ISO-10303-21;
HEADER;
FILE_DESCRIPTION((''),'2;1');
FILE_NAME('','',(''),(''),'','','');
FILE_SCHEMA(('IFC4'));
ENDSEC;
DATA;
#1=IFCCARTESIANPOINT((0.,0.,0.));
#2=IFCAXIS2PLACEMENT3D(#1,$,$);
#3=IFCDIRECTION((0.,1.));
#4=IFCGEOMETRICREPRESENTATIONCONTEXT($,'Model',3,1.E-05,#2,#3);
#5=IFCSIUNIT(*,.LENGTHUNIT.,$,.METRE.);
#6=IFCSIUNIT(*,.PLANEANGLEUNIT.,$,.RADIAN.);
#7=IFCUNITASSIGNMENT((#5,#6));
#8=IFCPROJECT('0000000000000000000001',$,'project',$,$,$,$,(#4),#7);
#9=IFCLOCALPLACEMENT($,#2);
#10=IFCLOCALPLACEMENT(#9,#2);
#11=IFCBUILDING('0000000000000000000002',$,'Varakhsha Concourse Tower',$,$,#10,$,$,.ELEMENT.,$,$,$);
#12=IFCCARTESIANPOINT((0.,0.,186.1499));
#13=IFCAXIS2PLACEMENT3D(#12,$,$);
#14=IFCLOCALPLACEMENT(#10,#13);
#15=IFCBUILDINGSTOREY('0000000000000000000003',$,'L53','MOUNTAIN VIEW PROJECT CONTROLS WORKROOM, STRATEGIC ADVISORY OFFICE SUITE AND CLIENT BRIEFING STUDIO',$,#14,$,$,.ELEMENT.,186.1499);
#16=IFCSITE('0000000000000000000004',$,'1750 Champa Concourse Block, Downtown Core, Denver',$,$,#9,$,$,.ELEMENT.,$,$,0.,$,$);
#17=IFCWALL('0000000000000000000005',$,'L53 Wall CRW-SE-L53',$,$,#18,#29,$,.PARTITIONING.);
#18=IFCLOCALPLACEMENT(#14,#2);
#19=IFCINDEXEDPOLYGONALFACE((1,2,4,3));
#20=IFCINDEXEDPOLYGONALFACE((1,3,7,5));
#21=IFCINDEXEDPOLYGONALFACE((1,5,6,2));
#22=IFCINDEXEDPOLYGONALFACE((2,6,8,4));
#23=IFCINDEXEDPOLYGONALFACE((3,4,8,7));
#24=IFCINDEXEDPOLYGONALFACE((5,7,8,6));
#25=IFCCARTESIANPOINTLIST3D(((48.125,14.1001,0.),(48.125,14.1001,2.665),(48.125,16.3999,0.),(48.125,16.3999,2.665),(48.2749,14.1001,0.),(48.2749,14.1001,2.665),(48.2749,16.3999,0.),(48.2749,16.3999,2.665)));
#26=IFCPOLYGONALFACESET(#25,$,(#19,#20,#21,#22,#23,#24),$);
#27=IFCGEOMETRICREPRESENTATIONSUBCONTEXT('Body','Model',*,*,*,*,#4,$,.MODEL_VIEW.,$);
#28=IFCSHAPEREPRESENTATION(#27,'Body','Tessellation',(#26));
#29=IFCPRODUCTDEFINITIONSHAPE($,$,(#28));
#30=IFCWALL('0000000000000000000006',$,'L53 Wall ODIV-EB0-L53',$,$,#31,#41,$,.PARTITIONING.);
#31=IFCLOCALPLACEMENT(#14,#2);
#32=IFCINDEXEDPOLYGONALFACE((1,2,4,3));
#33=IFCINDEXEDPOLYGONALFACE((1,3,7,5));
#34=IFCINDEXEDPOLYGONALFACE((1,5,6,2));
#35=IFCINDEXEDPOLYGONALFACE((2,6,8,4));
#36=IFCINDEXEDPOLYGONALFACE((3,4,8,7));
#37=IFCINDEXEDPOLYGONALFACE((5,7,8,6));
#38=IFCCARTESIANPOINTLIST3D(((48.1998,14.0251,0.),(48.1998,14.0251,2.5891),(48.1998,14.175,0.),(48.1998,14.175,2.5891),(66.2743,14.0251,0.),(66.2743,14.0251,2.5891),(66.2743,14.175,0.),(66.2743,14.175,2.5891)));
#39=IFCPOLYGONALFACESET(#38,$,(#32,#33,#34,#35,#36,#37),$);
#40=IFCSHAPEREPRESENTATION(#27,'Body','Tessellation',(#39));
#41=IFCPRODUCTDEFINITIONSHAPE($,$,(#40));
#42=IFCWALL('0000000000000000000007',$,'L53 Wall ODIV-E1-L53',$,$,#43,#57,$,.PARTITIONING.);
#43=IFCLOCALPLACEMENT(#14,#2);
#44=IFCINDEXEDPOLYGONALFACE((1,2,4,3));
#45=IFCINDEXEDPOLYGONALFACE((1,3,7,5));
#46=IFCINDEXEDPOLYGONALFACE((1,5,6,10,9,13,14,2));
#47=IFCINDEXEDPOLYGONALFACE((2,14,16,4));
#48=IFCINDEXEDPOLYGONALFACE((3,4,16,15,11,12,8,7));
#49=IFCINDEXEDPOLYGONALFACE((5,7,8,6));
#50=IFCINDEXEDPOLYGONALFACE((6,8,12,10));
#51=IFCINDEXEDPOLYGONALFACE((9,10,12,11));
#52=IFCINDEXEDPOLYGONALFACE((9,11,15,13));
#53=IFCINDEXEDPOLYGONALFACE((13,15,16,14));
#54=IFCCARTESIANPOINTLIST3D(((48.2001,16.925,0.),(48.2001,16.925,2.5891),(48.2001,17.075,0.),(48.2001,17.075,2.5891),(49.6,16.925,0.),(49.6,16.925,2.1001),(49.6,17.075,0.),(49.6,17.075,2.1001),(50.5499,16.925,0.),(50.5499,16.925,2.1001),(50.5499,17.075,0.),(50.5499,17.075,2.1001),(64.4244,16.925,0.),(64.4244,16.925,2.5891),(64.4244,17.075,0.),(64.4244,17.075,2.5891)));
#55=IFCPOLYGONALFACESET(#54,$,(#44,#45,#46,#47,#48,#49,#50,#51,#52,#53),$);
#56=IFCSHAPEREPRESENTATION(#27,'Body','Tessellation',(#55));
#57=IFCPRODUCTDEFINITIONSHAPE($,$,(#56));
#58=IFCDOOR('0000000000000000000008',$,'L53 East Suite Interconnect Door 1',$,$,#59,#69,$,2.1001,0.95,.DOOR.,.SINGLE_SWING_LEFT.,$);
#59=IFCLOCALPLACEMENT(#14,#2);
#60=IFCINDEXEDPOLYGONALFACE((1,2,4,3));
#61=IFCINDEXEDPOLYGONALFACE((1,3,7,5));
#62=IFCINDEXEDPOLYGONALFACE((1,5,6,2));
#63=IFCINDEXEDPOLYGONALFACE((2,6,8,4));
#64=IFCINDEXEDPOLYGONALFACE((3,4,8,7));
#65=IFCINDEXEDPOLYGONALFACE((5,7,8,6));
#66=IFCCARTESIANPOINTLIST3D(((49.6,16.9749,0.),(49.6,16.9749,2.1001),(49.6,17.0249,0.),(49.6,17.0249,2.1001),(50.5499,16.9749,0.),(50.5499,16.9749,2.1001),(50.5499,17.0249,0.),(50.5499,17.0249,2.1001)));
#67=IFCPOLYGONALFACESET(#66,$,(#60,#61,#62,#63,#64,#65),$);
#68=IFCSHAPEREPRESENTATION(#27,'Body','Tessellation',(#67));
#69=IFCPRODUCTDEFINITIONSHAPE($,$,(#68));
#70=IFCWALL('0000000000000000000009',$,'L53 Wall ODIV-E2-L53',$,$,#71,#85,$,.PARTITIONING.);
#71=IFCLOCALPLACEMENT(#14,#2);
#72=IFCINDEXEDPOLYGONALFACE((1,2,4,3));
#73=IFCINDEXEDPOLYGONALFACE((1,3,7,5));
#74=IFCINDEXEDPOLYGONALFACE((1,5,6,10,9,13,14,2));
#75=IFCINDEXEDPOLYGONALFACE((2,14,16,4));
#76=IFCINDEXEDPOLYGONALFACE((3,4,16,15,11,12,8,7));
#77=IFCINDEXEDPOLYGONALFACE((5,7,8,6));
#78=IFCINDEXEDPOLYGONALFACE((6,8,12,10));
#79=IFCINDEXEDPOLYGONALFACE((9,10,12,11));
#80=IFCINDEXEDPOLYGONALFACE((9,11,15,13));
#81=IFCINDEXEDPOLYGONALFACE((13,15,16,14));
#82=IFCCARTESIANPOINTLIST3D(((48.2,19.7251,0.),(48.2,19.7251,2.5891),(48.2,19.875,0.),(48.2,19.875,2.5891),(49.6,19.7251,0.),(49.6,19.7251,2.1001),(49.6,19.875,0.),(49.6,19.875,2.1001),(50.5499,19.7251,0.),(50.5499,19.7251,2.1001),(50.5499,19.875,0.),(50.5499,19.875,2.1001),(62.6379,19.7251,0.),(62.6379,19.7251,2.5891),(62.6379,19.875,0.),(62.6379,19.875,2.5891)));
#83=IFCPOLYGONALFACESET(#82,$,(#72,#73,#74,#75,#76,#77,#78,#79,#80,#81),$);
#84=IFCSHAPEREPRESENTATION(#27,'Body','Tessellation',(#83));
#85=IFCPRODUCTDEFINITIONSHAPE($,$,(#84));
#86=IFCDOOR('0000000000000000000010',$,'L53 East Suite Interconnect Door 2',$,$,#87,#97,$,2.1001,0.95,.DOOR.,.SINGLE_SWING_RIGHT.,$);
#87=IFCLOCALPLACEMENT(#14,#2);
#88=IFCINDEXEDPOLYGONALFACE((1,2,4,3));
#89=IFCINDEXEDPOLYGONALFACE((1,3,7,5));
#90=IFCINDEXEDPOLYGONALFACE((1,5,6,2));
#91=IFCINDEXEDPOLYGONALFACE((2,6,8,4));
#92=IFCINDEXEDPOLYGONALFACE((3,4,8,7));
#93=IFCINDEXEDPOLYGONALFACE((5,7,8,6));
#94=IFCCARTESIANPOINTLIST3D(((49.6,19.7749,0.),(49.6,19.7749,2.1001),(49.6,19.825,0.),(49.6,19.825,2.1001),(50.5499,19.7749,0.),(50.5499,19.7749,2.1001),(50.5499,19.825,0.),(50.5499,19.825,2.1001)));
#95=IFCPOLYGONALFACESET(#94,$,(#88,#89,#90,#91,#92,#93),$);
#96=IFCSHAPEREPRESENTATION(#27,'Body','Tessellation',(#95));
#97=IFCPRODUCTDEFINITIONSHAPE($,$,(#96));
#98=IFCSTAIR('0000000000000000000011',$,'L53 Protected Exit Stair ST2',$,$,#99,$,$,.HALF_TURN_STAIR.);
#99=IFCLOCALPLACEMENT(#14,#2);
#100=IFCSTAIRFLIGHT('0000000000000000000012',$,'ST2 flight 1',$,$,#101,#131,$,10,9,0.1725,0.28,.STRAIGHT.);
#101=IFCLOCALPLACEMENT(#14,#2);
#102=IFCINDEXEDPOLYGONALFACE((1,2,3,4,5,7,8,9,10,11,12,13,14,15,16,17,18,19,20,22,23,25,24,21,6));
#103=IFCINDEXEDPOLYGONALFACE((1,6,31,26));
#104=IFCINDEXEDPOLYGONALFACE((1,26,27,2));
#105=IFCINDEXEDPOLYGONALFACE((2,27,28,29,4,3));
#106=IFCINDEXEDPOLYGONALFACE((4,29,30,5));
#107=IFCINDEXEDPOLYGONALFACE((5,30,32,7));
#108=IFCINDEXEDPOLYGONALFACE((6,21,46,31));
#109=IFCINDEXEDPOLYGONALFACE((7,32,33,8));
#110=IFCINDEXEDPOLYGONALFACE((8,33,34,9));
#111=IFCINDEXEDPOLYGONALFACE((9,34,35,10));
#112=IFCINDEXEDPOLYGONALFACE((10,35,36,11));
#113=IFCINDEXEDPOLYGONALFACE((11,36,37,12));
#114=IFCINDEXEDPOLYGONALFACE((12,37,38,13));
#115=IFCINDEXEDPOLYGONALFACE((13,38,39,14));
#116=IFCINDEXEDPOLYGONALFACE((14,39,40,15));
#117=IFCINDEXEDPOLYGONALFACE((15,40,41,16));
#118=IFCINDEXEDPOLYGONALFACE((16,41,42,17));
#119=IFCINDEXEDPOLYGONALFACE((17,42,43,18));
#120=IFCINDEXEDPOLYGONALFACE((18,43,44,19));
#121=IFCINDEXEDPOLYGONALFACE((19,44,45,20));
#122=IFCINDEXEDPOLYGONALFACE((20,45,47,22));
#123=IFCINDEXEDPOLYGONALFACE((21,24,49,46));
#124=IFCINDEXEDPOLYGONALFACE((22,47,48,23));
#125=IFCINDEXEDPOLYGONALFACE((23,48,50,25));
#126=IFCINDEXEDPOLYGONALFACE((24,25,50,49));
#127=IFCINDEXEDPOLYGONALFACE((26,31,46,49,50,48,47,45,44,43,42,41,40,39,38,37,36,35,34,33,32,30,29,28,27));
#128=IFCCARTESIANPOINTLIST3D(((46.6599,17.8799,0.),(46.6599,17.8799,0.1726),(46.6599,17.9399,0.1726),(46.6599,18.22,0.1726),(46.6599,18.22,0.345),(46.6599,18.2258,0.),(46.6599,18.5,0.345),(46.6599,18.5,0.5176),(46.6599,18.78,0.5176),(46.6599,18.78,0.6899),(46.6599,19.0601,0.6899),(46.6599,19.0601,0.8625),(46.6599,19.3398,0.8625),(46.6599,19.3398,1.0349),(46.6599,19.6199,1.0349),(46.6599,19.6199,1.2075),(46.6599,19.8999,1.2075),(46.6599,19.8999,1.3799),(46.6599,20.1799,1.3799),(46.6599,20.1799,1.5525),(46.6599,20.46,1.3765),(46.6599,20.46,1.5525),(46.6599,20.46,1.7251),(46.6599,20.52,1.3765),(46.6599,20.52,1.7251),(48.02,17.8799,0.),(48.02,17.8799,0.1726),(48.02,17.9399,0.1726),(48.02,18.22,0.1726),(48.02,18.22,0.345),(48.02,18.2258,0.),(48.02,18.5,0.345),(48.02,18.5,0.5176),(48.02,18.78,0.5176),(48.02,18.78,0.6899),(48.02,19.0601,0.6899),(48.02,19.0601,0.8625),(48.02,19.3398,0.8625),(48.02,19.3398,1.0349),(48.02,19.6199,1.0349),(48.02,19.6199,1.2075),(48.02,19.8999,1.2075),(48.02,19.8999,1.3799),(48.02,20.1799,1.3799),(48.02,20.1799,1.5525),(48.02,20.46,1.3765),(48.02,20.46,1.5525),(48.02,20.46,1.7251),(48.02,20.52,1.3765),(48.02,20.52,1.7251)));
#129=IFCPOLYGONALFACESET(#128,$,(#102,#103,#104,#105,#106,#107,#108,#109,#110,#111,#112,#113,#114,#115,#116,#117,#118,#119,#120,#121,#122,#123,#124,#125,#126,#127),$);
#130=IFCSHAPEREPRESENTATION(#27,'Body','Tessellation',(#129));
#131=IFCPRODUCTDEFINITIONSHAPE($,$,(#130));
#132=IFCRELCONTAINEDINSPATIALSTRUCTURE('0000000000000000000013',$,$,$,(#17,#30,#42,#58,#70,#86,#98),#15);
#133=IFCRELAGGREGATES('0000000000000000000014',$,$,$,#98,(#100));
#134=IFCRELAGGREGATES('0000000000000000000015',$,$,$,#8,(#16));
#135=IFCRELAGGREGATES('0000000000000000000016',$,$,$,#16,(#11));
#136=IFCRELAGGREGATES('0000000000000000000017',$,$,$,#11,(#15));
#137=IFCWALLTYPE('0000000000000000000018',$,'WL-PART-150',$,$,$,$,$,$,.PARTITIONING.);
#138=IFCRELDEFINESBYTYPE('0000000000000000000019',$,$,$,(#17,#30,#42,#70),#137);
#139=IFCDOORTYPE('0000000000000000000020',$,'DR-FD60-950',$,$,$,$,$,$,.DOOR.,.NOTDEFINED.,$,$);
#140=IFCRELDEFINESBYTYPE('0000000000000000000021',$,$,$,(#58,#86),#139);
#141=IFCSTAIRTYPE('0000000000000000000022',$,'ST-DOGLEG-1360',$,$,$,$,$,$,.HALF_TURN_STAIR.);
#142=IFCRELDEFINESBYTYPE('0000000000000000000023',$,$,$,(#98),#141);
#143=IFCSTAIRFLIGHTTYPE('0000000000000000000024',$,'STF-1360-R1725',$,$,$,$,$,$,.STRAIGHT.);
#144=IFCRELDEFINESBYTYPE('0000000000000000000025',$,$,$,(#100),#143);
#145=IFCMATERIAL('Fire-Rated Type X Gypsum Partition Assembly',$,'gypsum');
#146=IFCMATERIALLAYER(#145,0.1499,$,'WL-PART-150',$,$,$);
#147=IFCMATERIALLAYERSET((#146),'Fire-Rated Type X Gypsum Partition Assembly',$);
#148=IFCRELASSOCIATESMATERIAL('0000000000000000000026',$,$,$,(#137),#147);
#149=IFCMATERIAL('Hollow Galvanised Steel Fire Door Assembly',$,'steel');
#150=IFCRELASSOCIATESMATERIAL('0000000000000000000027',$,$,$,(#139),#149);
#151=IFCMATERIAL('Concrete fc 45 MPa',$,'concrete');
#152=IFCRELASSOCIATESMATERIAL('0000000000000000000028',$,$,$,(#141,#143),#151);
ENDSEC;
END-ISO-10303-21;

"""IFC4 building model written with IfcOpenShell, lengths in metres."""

from ifc_helpers import new_model, si_unit, direction, frame, frame_2d, origin, place, context, subcontext, project, spatial, polyline, rectangle, outline, extrude, material, layer, layer_set, type_object, element, fill, aggregate, save


model = new_model("IFC4")

# Units and contexts
model_context = context("Model", 3, precision=1e-05, world=origin(), true_north=direction((0.0, 1.0)))
body_context = subcontext(model_context, "Body", "Model", "MODEL_VIEW")
ifc_project = project(units=[si_unit("LENGTHUNIT", "METRE"), si_unit("PLANEANGLEUNIT", "RADIAN")], contexts=[model_context])

# Site, building, storey
site_placement = place(None, origin())
site = spatial("IfcSite", under=ifc_project, at=site_placement, Name="1750 Champa Concourse Block, Downtown Core, Denver", CompositionType="ELEMENT", RefElevation=0.0)
building_placement = place(site_placement, origin())
building = spatial("IfcBuilding", under=site, at=building_placement, Name="Varakhsha Concourse Tower", CompositionType="ELEMENT")
storey_placement = place(building_placement, frame((0.0, 0.0, 186.1499)))
storey = spatial("IfcBuildingStorey", under=building, at=storey_placement, Name="L53", Description="MOUNTAIN VIEW PROJECT CONTROLS WORKROOM, STRATEGIC ADVISORY OFFICE SUITE AND CLIENT BRIEFING STUDIO", CompositionType="ELEMENT", Elevation=186.1499)

# Walls
ifc_material_1 = material(Name="Fire-Rated Type X Gypsum Partition Assembly", Category="gypsum")
ifc_layer_1 = layer(ifc_material_1, 0.1499, Name="WL-PART-150")
ifc_layer_set_1 = layer_set([ifc_layer_1], Name="Fire-Rated Type X Gypsum Partition Assembly")
wall_type_1 = type_object("IfcWallType", Name="WL-PART-150", PredefinedType="PARTITIONING", material=ifc_layer_set_1)
wall_1_placement = place(storey_placement, frame((48.2, 14.1001, 0.0), z_axis=(0.0, 0.0, 1.0), x_axis=(0.0, 1.0, 0.0)))
element("IfcWall", 1, at=wall_1_placement, inside=storey, type_object=wall_type_1, Name="L53 Wall CRW-SE-L53", PredefinedType="PARTITIONING", context=body_context, shape_type="SweptSolid", body=[
    extrude(rectangle(XDim=2.2998, YDim=0.1499, at=frame_2d((1.1499, 0.0))), origin(), (0.0, 0.0, 1.0), 2.665),
])
wall_2_placement = place(storey_placement, frame((48.2, 14.1001, 0.0), z_axis=(0.0, 0.0, 1.0), x_axis=(1.0, 0.0, 0.0)))
element("IfcWall", 2, at=wall_2_placement, inside=storey, type_object=wall_type_1, Name="L53 Wall ODIV-EB0-L53", PredefinedType="PARTITIONING", context=body_context, shape_type="SweptSolid", body=[
    extrude(rectangle(XDim=18.0745, YDim=0.1499, at=frame_2d((9.0371, 0.0))), origin(), (0.0, 0.0, 1.0), 2.5891),
])

# Walls, openings, doors
wall_3_placement = place(storey_placement, frame((48.2, 17.0, 0.0), z_axis=(0.0, 0.0, 1.0), x_axis=(1.0, 0.0, 0.0)))
wall_3 = element("IfcWall", 3, at=wall_3_placement, inside=storey, type_object=wall_type_1, Name="L53 Wall ODIV-E1-L53", PredefinedType="PARTITIONING", context=body_context, shape_type="SweptSolid", body=[
    extrude(rectangle(XDim=16.2244, YDim=0.1499, at=frame_2d((8.1123, 0.0))), origin(), (0.0, 0.0, 1.0), 2.5891),
])
opening_1_placement = place(wall_3_placement, frame((1.3999, 0.0, 0.0)))
opening_1 = element("IfcOpeningElement", 4, at=opening_1_placement, cuts=wall_3, PredefinedType="OPENING", context=body_context, shape_type="SweptSolid", body=[
    extrude(rectangle(XDim=0.95, YDim=2.1001, at=frame_2d((0.4751, 1.05))), frame((0.0, 0.085, 0.0), z_axis=(0.0, -1.0, 0.0), x_axis=(1.0, 0.0, 0.0)), (0.0, 0.0, 1.0), 0.1699),
])
ifc_material_2 = material(Name="Hollow Galvanised Steel Fire Door Assembly", Category="steel")
door_type_1 = type_object("IfcDoorType", Name="DR-FD60-950", OperationType="NOTDEFINED", PredefinedType="DOOR", material=ifc_material_2)
door_1_placement = place(opening_1_placement, origin())
door_1 = element("IfcDoor", 5, at=door_1_placement, inside=storey, type_object=door_type_1, Name="L53 East Suite Interconnect Door 1", OperationType="SINGLE_SWING_LEFT", OverallHeight=2.1001, OverallWidth=0.95, PredefinedType="DOOR", context=body_context, shape_type="SweptSolid", body=[
    extrude(rectangle(XDim=0.95, YDim=2.1001, at=frame_2d((0.4751, 1.05))), frame((0.0, 0.0249, 0.0), z_axis=(0.0, -1.0, 0.0), x_axis=(1.0, 0.0, 0.0)), (0.0, 0.0, 1.0), 0.05),
])
fill(opening_1, door_1)
wall_4_placement = place(storey_placement, frame((48.2, 19.8, 0.0), z_axis=(0.0, 0.0, 1.0), x_axis=(1.0, 0.0, 0.0)))
wall_4 = element("IfcWall", 6, at=wall_4_placement, inside=storey, type_object=wall_type_1, Name="L53 Wall ODIV-E2-L53", PredefinedType="PARTITIONING", context=body_context, shape_type="SweptSolid", body=[
    extrude(rectangle(XDim=14.438, YDim=0.1499, at=frame_2d((7.219, 0.0))), origin(), (0.0, 0.0, 1.0), 2.5891),
])
opening_2_placement = place(wall_4_placement, frame((1.3999, 0.0, 0.0)))
opening_2 = element("IfcOpeningElement", 7, at=opening_2_placement, cuts=wall_4, PredefinedType="OPENING", context=body_context, shape_type="SweptSolid", body=[
    extrude(rectangle(XDim=0.95, YDim=2.1001, at=frame_2d((0.4751, 1.05))), frame((0.0, 0.085, 0.0), z_axis=(0.0, -1.0, 0.0), x_axis=(1.0, 0.0, 0.0)), (0.0, 0.0, 1.0), 0.1699),
])
door_2_placement = place(opening_2_placement, origin())
door_2 = element("IfcDoor", 8, at=door_2_placement, inside=storey, type_object=door_type_1, Name="L53 East Suite Interconnect Door 2", OperationType="SINGLE_SWING_RIGHT", OverallHeight=2.1001, OverallWidth=0.95, PredefinedType="DOOR", context=body_context, shape_type="SweptSolid", body=[
    extrude(rectangle(XDim=0.95, YDim=2.1001, at=frame_2d((0.4751, 1.05))), frame((0.0, 0.0249, 0.0), z_axis=(0.0, -1.0, 0.0), x_axis=(1.0, 0.0, 0.0)), (0.0, 0.0, 1.0), 0.05),
])
fill(opening_2, door_2)

# Stair, stair flight
ifc_material_3 = material(Name="Concrete fc 45 MPa", Category="concrete")
stair_type = type_object("IfcStairType", Name="ST-DOGLEG-1360", PredefinedType="HALF_TURN_STAIR", material=ifc_material_3)
stair_placement = place(storey_placement, origin())
stair = element("IfcStair", 9, at=stair_placement, inside=storey, type_object=stair_type, Name="L53 Protected Exit Stair ST2", PredefinedType="HALF_TURN_STAIR")
stair_flight_type = type_object("IfcStairFlightType", Name="STF-1360-R1725", PredefinedType="STRAIGHT", material=ifc_material_3)
stair_flight_placement = place(storey_placement, frame((47.3401, 17.9399, 0.0), z_axis=(0.0, 0.0, 1.0), x_axis=(0.0, 1.0, 0.0)))
stair_flight = element("IfcStairFlight", 10, at=stair_flight_placement, type_object=stair_flight_type, Name="ST2 flight 1", NumberOfRisers=10, NumberOfTreads=9, PredefinedType="STRAIGHT", RiserHeight=0.1725, TreadLength=0.28, context=body_context, shape_type="SweptSolid", body=[
    extrude(outline(polyline([(-0.0601, 0.0), (-0.0601, 0.1726), (0.0, 0.1726), (0.28, 0.1726), (0.28, 0.345), (0.5601, 0.345), (0.5601, 0.5176), (0.8401, 0.5176), (0.8401, 0.6899), (1.1201, 0.6899), (1.1201, 0.8625), (1.3999, 0.8625), (1.3999, 1.0349), (1.6799, 1.0349), (1.6799, 1.2075), (1.96, 1.2075), (1.96, 1.3799), (2.24, 1.3799), (2.24, 1.5525), (2.52, 1.5525), (2.52, 1.7251), (2.5801, 1.7251), (2.5801, 1.3765), (2.52, 1.3765), (0.2859, 0.0), (-0.0601, 0.0)])), frame((0.0, 0.6802, 0.0), z_axis=(0.0, -1.0, 0.0), x_axis=(1.0, 0.0, 0.0)), (0.0, 0.0, 1.0), 1.3601),
])
aggregate(stair, [stair_flight])

save(model, "model.ifc")
